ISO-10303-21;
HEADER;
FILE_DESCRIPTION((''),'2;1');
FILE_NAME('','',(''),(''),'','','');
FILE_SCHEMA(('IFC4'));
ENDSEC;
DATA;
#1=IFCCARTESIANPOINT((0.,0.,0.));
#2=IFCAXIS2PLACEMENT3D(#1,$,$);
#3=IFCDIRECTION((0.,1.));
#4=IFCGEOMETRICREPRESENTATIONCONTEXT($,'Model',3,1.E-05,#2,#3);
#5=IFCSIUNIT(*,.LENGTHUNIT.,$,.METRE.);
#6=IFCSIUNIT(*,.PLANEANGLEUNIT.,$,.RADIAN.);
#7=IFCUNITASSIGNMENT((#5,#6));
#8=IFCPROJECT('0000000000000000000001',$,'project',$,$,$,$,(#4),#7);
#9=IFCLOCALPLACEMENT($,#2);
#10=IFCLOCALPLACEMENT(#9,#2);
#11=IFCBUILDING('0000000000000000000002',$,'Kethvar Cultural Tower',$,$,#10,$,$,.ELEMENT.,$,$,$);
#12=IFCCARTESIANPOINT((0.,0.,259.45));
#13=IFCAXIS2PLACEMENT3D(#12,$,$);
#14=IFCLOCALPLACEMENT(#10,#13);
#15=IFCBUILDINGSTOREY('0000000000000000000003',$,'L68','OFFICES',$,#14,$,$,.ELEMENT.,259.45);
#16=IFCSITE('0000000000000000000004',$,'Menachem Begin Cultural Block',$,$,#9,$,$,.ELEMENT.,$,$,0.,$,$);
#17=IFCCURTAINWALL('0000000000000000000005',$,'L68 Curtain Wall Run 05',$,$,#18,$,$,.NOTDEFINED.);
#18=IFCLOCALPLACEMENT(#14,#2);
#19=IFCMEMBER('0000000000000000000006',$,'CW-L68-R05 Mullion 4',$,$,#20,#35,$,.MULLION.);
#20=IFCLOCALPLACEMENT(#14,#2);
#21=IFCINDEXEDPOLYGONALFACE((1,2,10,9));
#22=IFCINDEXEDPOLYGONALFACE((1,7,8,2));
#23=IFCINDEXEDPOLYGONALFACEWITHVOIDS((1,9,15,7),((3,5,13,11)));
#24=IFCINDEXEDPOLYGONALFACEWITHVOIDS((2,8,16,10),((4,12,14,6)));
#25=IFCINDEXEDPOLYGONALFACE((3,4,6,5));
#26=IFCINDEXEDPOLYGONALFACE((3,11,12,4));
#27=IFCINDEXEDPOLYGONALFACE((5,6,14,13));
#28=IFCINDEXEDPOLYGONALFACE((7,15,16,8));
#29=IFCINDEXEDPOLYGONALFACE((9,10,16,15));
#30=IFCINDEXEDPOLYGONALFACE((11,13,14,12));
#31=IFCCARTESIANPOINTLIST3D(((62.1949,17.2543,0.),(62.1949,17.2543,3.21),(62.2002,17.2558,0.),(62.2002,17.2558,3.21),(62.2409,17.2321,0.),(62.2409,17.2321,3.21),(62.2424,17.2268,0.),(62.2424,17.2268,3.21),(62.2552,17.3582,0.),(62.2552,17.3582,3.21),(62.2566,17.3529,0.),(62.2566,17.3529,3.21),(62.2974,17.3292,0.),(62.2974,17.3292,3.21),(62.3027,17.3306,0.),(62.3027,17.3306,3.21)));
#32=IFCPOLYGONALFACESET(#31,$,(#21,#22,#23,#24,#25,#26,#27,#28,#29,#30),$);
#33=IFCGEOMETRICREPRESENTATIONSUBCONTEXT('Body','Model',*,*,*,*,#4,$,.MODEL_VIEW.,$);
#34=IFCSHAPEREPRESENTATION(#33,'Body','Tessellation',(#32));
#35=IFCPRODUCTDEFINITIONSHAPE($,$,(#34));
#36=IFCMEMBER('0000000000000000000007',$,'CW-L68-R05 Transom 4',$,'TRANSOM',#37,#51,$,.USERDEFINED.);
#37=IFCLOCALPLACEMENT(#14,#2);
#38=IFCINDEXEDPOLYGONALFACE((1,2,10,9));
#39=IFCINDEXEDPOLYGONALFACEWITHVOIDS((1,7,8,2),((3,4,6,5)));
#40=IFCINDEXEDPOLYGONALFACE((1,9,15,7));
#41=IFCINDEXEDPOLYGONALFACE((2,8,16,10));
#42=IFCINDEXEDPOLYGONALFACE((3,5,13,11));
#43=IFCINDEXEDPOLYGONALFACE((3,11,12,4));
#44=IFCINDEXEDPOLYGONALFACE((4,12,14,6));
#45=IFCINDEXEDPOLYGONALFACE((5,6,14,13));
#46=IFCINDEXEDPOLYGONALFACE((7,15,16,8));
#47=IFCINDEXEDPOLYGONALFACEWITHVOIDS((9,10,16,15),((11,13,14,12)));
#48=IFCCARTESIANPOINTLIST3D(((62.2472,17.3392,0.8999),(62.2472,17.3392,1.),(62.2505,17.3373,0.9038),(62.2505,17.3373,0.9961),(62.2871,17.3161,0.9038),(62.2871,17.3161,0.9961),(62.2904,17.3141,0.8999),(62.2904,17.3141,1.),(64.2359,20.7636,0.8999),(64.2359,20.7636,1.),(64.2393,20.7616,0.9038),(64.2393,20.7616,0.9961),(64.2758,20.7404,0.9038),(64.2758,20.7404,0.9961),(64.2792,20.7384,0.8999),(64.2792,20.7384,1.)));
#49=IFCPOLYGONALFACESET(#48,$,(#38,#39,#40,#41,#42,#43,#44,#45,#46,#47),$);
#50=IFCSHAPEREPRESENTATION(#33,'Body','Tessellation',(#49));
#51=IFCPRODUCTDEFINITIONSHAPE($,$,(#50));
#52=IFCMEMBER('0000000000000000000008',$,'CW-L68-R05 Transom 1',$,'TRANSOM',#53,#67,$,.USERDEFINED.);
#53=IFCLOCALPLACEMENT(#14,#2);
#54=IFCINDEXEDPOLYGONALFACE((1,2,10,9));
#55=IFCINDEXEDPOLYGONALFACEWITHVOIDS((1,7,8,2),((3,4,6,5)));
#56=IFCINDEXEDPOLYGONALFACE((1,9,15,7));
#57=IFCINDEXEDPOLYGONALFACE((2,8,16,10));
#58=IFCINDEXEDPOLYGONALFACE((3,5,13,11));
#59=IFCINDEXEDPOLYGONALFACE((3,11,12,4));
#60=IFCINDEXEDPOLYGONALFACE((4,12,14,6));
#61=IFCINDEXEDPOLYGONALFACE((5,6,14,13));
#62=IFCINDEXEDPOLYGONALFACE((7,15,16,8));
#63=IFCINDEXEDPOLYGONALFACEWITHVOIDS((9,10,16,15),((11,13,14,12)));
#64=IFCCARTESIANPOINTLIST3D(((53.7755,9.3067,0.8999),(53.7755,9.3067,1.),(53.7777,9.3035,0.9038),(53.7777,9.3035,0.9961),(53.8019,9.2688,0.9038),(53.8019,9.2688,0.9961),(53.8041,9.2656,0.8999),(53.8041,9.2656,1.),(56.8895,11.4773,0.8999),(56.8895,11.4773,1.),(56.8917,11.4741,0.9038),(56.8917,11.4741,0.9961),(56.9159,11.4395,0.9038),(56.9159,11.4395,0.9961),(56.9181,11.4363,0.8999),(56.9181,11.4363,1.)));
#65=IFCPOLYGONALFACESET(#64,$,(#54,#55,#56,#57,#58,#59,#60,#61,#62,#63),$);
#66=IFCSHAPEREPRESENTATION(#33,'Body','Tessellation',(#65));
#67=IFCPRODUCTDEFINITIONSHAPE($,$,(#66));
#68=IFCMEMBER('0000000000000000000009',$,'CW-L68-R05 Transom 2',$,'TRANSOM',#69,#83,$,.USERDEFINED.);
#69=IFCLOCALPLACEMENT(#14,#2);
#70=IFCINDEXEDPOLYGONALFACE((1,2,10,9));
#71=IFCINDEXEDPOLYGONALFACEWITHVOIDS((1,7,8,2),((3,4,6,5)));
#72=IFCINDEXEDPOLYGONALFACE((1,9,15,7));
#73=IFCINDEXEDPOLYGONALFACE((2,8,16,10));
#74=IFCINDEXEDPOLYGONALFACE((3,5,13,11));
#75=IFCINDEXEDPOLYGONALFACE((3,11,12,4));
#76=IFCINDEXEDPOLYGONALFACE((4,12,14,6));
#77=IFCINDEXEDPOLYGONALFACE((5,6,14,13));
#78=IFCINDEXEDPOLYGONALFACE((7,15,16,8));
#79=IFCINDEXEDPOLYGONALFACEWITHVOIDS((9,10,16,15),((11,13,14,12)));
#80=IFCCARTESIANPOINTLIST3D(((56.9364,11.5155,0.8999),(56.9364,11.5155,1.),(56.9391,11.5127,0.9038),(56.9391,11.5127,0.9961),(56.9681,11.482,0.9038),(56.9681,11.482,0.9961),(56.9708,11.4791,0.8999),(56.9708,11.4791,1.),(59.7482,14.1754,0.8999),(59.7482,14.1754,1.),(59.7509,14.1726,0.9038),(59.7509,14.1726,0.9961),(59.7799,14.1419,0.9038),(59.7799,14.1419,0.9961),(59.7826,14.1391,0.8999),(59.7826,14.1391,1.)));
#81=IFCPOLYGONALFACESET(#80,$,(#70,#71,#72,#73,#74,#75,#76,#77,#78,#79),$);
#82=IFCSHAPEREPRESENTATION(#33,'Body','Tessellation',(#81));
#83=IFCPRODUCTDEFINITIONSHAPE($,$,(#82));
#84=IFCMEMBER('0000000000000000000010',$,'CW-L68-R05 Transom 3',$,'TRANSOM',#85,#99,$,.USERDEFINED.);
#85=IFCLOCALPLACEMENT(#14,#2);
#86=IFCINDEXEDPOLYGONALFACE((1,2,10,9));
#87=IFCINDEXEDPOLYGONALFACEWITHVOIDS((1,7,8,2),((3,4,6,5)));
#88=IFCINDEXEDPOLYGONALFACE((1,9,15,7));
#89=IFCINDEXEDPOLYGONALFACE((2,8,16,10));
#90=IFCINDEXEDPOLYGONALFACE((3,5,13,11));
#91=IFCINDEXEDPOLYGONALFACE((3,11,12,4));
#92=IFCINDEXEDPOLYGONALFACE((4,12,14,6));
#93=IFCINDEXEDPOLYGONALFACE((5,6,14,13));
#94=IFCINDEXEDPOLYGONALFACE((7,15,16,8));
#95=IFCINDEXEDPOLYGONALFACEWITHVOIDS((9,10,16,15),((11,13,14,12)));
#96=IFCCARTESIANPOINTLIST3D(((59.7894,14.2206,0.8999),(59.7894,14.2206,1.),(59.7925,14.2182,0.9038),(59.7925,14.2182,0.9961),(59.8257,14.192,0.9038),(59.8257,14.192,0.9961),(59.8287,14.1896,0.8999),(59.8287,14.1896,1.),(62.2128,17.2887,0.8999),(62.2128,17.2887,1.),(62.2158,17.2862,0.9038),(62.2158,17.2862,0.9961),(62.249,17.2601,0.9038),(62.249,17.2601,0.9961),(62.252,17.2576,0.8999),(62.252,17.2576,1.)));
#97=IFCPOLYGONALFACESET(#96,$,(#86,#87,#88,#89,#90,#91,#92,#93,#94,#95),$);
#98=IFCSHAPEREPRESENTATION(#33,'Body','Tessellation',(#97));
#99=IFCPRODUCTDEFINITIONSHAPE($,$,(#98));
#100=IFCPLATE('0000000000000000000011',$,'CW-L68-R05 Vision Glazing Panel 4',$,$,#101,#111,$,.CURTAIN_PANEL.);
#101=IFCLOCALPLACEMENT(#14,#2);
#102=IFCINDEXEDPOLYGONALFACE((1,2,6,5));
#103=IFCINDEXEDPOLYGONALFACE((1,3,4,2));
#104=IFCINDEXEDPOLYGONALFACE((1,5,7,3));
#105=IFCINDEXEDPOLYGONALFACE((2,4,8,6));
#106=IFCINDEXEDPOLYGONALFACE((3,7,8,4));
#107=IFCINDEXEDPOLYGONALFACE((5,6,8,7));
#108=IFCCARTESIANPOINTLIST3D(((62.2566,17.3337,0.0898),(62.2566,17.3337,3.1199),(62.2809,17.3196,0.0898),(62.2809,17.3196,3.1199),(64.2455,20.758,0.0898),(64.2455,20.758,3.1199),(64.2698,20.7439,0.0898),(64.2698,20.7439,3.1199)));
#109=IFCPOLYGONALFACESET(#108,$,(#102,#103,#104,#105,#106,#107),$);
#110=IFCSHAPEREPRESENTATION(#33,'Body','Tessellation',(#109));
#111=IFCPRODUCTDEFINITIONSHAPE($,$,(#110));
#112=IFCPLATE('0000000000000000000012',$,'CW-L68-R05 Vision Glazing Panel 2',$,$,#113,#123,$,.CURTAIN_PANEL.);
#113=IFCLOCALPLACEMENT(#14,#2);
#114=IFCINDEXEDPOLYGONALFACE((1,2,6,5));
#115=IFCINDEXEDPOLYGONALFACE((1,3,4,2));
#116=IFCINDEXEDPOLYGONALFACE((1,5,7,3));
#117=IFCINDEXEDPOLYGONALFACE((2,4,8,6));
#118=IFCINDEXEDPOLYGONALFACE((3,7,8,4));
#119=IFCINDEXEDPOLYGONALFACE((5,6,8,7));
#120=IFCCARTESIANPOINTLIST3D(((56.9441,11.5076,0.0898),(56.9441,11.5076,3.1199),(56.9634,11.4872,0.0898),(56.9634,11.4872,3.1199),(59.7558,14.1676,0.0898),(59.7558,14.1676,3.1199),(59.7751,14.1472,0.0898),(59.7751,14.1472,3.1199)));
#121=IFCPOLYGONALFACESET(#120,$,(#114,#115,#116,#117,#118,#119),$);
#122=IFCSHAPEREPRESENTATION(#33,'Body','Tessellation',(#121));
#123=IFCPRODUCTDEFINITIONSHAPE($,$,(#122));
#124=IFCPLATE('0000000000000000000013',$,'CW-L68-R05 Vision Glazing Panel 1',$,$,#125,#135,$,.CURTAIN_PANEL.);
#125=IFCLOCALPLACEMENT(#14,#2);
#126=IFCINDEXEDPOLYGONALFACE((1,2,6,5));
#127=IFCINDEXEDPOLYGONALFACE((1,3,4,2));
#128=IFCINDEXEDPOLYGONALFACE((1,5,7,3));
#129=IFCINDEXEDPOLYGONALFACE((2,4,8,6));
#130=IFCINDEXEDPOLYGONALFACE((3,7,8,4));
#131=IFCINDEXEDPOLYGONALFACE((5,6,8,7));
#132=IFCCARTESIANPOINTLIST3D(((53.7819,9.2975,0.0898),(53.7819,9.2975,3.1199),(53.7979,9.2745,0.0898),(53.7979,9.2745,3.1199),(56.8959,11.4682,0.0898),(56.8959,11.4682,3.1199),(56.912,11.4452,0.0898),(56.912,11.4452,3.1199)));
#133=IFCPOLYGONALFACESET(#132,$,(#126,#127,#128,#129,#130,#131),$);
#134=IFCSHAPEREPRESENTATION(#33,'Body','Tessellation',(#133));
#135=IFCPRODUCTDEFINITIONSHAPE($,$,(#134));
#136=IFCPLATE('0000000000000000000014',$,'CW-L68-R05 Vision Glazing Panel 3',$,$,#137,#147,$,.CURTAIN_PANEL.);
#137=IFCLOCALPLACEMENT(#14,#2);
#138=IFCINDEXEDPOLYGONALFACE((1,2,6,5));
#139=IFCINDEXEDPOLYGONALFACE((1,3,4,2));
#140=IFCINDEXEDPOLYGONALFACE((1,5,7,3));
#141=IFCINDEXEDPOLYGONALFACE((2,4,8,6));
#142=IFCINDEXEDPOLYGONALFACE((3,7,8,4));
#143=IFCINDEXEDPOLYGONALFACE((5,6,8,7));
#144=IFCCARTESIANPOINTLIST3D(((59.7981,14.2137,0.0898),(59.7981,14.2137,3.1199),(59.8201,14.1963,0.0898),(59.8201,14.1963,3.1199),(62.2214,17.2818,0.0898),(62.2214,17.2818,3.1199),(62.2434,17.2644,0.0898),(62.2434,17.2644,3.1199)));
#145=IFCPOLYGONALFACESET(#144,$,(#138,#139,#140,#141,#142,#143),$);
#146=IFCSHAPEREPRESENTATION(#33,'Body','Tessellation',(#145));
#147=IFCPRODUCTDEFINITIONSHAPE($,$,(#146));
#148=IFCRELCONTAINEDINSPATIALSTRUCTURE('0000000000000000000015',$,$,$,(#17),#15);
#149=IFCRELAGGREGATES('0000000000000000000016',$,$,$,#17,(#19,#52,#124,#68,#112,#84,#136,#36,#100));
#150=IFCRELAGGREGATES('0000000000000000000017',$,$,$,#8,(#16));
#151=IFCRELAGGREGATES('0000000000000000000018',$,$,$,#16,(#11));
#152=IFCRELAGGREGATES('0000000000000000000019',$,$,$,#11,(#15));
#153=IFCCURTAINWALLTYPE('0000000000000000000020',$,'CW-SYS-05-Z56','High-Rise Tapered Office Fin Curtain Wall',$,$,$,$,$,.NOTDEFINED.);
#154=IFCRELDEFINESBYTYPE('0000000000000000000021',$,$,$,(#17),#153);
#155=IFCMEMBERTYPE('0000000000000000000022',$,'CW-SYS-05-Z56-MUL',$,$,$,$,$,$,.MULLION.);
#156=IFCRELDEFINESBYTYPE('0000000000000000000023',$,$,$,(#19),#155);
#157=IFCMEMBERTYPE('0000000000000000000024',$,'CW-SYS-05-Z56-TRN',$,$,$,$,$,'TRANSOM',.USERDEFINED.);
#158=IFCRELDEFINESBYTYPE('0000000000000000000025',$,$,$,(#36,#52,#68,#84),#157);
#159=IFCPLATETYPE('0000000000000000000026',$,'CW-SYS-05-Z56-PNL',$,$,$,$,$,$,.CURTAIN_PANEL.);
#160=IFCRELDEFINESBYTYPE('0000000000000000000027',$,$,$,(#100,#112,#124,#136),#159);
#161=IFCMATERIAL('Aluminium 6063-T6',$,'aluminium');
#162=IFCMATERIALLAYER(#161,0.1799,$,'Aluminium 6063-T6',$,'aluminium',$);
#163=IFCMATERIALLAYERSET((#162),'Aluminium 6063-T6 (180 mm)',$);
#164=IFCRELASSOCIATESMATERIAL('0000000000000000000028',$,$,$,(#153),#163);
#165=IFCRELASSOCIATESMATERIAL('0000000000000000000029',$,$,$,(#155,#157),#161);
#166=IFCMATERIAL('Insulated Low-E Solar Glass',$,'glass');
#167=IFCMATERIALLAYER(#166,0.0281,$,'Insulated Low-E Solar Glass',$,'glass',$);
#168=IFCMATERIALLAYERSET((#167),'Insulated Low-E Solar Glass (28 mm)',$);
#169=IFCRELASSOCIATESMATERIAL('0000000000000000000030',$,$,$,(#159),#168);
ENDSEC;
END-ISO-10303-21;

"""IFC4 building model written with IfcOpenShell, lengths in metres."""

from ifc_helpers import new_model, si_unit, direction, frame, origin, origin_2d, place, context, subcontext, project, spatial, rectangle, hollow_rectangle, extrude, source, transform, mapped, material, layer, layer_set, material_profile, profile_set, type_object, element, aggregate, save


model = new_model("IFC4")

# Units and contexts
model_context = context("Model", 3, precision=1e-05, world=origin(), true_north=direction((0.0, 1.0)))
body_context = subcontext(model_context, "Body", "Model", "MODEL_VIEW")
ifc_project = project(units=[si_unit("LENGTHUNIT", "METRE"), si_unit("PLANEANGLEUNIT", "RADIAN")], contexts=[model_context])

# Site, building, storey
site_placement = place(None, origin())
site = spatial("IfcSite", under=ifc_project, at=site_placement, Name="Menachem Begin Cultural Block", CompositionType="ELEMENT", RefElevation=0.0)
building_placement = place(site_placement, origin())
building = spatial("IfcBuilding", under=site, at=building_placement, Name="Kethvar Cultural Tower", CompositionType="ELEMENT")
storey_placement = place(building_placement, frame((0.0, 0.0, 259.45)))
storey = spatial("IfcBuildingStorey", under=building, at=storey_placement, Name="L68", Description="OFFICES", CompositionType="ELEMENT", Elevation=259.45)

# Curtain wall, members, plates
ifc_material_1 = material(Name="Aluminium 6063-T6", Category="aluminium")
ifc_layer_1 = layer(ifc_material_1, 0.1799, Name="Aluminium 6063-T6", Category="aluminium")
ifc_layer_set_1 = layer_set([ifc_layer_1], Name="Aluminium 6063-T6 (180 mm)")
curtain_wall_type = type_object("IfcCurtainWallType", Name="CW-SYS-05-Z56", Description="High-Rise Tapered Office Fin Curtain Wall", PredefinedType="NOTDEFINED", material=ifc_layer_set_1)
curtain_wall_placement = place(storey_placement, origin())
curtain_wall = element("IfcCurtainWall", 1, at=curtain_wall_placement, inside=storey, type_object=curtain_wall_type, Name="L68 Curtain Wall Run 05", PredefinedType="NOTDEFINED")
ifc_material_profile_1 = material_profile(ifc_material_1, hollow_rectangle(XDim=0.0549, YDim=0.1201, WallThickness=0.0039, at=origin_2d()), Name="Aluminium 6063-T6 — RHS120x55x4")
ifc_profile_set_1 = profile_set([ifc_material_profile_1], Name="Aluminium 6063-T6 — RHS120x55x4")
member_type_1 = type_object("IfcMemberType", Name="CW-SYS-05-Z56-MUL", PredefinedType="MULLION", material=ifc_profile_set_1)
shared_shape_1 = source(origin(), body_context, "Body", "SweptSolid", [
    extrude(hollow_rectangle(XDim=0.0549, YDim=0.1201, WallThickness=0.0039, at=origin_2d()), origin(), (0.0, 0.0, 1.0), 3.21),
])
member_1_placement = place(storey_placement, frame((62.2488, 17.2925, 0.0), z_axis=(0.0, 0.0, 1.0), x_axis=(-0.864722, 0.50225, 0.0)))
member_1 = element("IfcMember", 2, at=member_1_placement, type_object=member_type_1, Name="CW-L68-R05 Mullion 4", PredefinedType="MULLION", context=body_context, shape_type="MappedRepresentation", body=[
    mapped(shared_shape_1, transform((0.0, 0.0, 0.0), scale=1.0)),
])
ifc_material_profile_2 = material_profile(ifc_material_1, hollow_rectangle(XDim=0.05, YDim=0.1001, WallThickness=0.0039, at=origin_2d()), Name="Aluminium 6063-T6 — RHS100x50x4")
ifc_profile_set_2 = profile_set([ifc_material_profile_2], Name="Aluminium 6063-T6 — RHS100x50x4")
member_type_2 = type_object("IfcMemberType", Name="CW-SYS-05-Z56-TRN", ElementType="TRANSOM", PredefinedType="USERDEFINED", material=ifc_profile_set_2)
shared_shape_2 = source(origin(), body_context, "Body", "SweptSolid", [
    extrude(hollow_rectangle(XDim=0.05, YDim=0.1001, WallThickness=0.0039, at=origin_2d()), origin(), (0.0, 0.0, 1.0), 3.96),
])
member_2_placement = place(storey_placement, frame((62.2688, 17.3267, 0.95), z_axis=(0.502222, 0.864739, 0.0), x_axis=(-0.864739, 0.502222, 0.0)))
member_2 = element("IfcMember", 3, at=member_2_placement, type_object=member_type_2, Name="CW-L68-R05 Transom 4", ObjectType="TRANSOM", PredefinedType="USERDEFINED", context=body_context, shape_type="MappedRepresentation", body=[
    mapped(shared_shape_2, transform((0.0, 0.0, 0.0), scale=1.0)),
])
shared_shape_3 = source(origin(), body_context, "Body", "SweptSolid", [
    extrude(hollow_rectangle(XDim=0.05, YDim=0.1001, WallThickness=0.0039, at=origin_2d()), origin(), (0.0, 0.0, 1.0), 3.7959),
])
member_3_placement = place(storey_placement, frame((53.7898, 9.2861, 0.95), z_axis=(0.820363, 0.571843, 0.0), x_axis=(-0.571843, 0.820363, 0.0)))
member_3 = element("IfcMember", 4, at=member_3_placement, type_object=member_type_2, Name="CW-L68-R05 Transom 1", ObjectType="TRANSOM", PredefinedType="USERDEFINED", context=body_context, shape_type="MappedRepresentation", body=[
    mapped(shared_shape_3, transform((0.0, 0.0, 0.0), scale=1.0)),
])
shared_shape_4 = source(origin(), body_context, "Body", "SweptSolid", [
    extrude(hollow_rectangle(XDim=0.05, YDim=0.1001, WallThickness=0.0039, at=origin_2d()), origin(), (0.0, 0.0, 1.0), 3.8706),
])
member_4_placement = place(storey_placement, frame((56.9536, 11.4973, 0.95), z_axis=(0.726451, 0.687218, 0.0), x_axis=(-0.687218, 0.726451, 0.0)))
member_4 = element("IfcMember", 5, at=member_4_placement, type_object=member_type_2, Name="CW-L68-R05 Transom 2", ObjectType="TRANSOM", PredefinedType="USERDEFINED", context=body_context, shape_type="MappedRepresentation", body=[
    mapped(shared_shape_4, transform((0.0, 0.0, 0.0), scale=1.0)),
])
shared_shape_5 = source(origin(), body_context, "Body", "SweptSolid", [
    extrude(hollow_rectangle(XDim=0.05, YDim=0.1001, WallThickness=0.0039, at=origin_2d()), origin(), (0.0, 0.0, 1.0), 3.9097),
])
member_5_placement = place(storey_placement, frame((59.8091, 14.2051, 0.95), z_axis=(0.619824, 0.78474, 0.0), x_axis=(-0.78474, 0.619824, 0.0)))
member_5 = element("IfcMember", 6, at=member_5_placement, type_object=member_type_2, Name="CW-L68-R05 Transom 3", ObjectType="TRANSOM", PredefinedType="USERDEFINED", context=body_context, shape_type="MappedRepresentation", body=[
    mapped(shared_shape_5, transform((0.0, 0.0, 0.0), scale=1.0)),
])
ifc_material_2 = material(Name="Insulated Low-E Solar Glass", Category="glass")
ifc_layer_2 = layer(ifc_material_2, 0.0281, Name="Insulated Low-E Solar Glass", Category="glass")
ifc_layer_set_2 = layer_set([ifc_layer_2], Name="Insulated Low-E Solar Glass (28 mm)")
plate_type = type_object("IfcPlateType", Name="CW-SYS-05-Z56-PNL", PredefinedType="CURTAIN_PANEL", material=ifc_layer_set_2)
shared_shape_6 = source(origin(), body_context, "Body", "SweptSolid", [
    extrude(rectangle(XDim=3.96, YDim=0.0281, at=origin_2d()), origin(), (0.0, 0.0, 1.0), 3.03),
])
plate_1_placement = place(storey_placement, frame((63.2632, 19.0388, 0.0898), z_axis=(0.0, 0.0, 1.0), x_axis=(0.50225, 0.864722, 0.0)))
plate_1 = element("IfcPlate", 7, at=plate_1_placement, type_object=plate_type, Name="CW-L68-R05 Vision Glazing Panel 4", PredefinedType="CURTAIN_PANEL", context=body_context, shape_type="MappedRepresentation", body=[
    mapped(shared_shape_6, transform((0.0, 0.0, 0.0), scale=1.0)),
])
shared_shape_7 = source(origin(), body_context, "Body", "SweptSolid", [
    extrude(rectangle(XDim=3.8706, YDim=0.0281, at=origin_2d()), origin(), (0.0, 0.0, 1.0), 3.03),
])
plate_2_placement = place(storey_placement, frame((58.3596, 12.8274, 0.0898), z_axis=(0.0, 0.0, 1.0), x_axis=(0.726431, 0.68724, 0.0)))
plate_2 = element("IfcPlate", 8, at=plate_2_placement, type_object=plate_type, Name="CW-L68-R05 Vision Glazing Panel 2", PredefinedType="CURTAIN_PANEL", context=body_context, shape_type="MappedRepresentation", body=[
    mapped(shared_shape_7, transform((0.0, 0.0, 0.0), scale=1.0)),
])
shared_shape_8 = source(origin(), body_context, "Body", "SweptSolid", [
    extrude(rectangle(XDim=3.7959, YDim=0.0281, at=origin_2d()), origin(), (0.0, 0.0, 1.0), 3.03),
])
plate_3_placement = place(storey_placement, frame((55.3469, 10.3713, 0.0898), z_axis=(0.0, 0.0, 1.0), x_axis=(0.820362, 0.571845, 0.0)))
plate_3 = element("IfcPlate", 9, at=plate_3_placement, type_object=plate_type, Name="CW-L68-R05 Vision Glazing Panel 1", PredefinedType="CURTAIN_PANEL", context=body_context, shape_type="MappedRepresentation", body=[
    mapped(shared_shape_8, transform((0.0, 0.0, 0.0), scale=1.0)),
])
shared_shape_9 = source(origin(), body_context, "Body", "SweptSolid", [
    extrude(rectangle(XDim=3.9097, YDim=0.0281, at=origin_2d()), origin(), (0.0, 0.0, 1.0), 3.03),
])
plate_4_placement = place(storey_placement, frame((61.0208, 15.739, 0.0898), z_axis=(0.0, 0.0, 1.0), x_axis=(0.61982, 0.784744, 0.0)))
plate_4 = element("IfcPlate", 10, at=plate_4_placement, type_object=plate_type, Name="CW-L68-R05 Vision Glazing Panel 3", PredefinedType="CURTAIN_PANEL", context=body_context, shape_type="MappedRepresentation", body=[
    mapped(shared_shape_9, transform((0.0, 0.0, 0.0), scale=1.0)),
])
aggregate(curtain_wall, [member_1, member_3, plate_3, member_4, plate_2, member_5, plate_4, member_2, plate_1])

save(model, "model.ifc")
